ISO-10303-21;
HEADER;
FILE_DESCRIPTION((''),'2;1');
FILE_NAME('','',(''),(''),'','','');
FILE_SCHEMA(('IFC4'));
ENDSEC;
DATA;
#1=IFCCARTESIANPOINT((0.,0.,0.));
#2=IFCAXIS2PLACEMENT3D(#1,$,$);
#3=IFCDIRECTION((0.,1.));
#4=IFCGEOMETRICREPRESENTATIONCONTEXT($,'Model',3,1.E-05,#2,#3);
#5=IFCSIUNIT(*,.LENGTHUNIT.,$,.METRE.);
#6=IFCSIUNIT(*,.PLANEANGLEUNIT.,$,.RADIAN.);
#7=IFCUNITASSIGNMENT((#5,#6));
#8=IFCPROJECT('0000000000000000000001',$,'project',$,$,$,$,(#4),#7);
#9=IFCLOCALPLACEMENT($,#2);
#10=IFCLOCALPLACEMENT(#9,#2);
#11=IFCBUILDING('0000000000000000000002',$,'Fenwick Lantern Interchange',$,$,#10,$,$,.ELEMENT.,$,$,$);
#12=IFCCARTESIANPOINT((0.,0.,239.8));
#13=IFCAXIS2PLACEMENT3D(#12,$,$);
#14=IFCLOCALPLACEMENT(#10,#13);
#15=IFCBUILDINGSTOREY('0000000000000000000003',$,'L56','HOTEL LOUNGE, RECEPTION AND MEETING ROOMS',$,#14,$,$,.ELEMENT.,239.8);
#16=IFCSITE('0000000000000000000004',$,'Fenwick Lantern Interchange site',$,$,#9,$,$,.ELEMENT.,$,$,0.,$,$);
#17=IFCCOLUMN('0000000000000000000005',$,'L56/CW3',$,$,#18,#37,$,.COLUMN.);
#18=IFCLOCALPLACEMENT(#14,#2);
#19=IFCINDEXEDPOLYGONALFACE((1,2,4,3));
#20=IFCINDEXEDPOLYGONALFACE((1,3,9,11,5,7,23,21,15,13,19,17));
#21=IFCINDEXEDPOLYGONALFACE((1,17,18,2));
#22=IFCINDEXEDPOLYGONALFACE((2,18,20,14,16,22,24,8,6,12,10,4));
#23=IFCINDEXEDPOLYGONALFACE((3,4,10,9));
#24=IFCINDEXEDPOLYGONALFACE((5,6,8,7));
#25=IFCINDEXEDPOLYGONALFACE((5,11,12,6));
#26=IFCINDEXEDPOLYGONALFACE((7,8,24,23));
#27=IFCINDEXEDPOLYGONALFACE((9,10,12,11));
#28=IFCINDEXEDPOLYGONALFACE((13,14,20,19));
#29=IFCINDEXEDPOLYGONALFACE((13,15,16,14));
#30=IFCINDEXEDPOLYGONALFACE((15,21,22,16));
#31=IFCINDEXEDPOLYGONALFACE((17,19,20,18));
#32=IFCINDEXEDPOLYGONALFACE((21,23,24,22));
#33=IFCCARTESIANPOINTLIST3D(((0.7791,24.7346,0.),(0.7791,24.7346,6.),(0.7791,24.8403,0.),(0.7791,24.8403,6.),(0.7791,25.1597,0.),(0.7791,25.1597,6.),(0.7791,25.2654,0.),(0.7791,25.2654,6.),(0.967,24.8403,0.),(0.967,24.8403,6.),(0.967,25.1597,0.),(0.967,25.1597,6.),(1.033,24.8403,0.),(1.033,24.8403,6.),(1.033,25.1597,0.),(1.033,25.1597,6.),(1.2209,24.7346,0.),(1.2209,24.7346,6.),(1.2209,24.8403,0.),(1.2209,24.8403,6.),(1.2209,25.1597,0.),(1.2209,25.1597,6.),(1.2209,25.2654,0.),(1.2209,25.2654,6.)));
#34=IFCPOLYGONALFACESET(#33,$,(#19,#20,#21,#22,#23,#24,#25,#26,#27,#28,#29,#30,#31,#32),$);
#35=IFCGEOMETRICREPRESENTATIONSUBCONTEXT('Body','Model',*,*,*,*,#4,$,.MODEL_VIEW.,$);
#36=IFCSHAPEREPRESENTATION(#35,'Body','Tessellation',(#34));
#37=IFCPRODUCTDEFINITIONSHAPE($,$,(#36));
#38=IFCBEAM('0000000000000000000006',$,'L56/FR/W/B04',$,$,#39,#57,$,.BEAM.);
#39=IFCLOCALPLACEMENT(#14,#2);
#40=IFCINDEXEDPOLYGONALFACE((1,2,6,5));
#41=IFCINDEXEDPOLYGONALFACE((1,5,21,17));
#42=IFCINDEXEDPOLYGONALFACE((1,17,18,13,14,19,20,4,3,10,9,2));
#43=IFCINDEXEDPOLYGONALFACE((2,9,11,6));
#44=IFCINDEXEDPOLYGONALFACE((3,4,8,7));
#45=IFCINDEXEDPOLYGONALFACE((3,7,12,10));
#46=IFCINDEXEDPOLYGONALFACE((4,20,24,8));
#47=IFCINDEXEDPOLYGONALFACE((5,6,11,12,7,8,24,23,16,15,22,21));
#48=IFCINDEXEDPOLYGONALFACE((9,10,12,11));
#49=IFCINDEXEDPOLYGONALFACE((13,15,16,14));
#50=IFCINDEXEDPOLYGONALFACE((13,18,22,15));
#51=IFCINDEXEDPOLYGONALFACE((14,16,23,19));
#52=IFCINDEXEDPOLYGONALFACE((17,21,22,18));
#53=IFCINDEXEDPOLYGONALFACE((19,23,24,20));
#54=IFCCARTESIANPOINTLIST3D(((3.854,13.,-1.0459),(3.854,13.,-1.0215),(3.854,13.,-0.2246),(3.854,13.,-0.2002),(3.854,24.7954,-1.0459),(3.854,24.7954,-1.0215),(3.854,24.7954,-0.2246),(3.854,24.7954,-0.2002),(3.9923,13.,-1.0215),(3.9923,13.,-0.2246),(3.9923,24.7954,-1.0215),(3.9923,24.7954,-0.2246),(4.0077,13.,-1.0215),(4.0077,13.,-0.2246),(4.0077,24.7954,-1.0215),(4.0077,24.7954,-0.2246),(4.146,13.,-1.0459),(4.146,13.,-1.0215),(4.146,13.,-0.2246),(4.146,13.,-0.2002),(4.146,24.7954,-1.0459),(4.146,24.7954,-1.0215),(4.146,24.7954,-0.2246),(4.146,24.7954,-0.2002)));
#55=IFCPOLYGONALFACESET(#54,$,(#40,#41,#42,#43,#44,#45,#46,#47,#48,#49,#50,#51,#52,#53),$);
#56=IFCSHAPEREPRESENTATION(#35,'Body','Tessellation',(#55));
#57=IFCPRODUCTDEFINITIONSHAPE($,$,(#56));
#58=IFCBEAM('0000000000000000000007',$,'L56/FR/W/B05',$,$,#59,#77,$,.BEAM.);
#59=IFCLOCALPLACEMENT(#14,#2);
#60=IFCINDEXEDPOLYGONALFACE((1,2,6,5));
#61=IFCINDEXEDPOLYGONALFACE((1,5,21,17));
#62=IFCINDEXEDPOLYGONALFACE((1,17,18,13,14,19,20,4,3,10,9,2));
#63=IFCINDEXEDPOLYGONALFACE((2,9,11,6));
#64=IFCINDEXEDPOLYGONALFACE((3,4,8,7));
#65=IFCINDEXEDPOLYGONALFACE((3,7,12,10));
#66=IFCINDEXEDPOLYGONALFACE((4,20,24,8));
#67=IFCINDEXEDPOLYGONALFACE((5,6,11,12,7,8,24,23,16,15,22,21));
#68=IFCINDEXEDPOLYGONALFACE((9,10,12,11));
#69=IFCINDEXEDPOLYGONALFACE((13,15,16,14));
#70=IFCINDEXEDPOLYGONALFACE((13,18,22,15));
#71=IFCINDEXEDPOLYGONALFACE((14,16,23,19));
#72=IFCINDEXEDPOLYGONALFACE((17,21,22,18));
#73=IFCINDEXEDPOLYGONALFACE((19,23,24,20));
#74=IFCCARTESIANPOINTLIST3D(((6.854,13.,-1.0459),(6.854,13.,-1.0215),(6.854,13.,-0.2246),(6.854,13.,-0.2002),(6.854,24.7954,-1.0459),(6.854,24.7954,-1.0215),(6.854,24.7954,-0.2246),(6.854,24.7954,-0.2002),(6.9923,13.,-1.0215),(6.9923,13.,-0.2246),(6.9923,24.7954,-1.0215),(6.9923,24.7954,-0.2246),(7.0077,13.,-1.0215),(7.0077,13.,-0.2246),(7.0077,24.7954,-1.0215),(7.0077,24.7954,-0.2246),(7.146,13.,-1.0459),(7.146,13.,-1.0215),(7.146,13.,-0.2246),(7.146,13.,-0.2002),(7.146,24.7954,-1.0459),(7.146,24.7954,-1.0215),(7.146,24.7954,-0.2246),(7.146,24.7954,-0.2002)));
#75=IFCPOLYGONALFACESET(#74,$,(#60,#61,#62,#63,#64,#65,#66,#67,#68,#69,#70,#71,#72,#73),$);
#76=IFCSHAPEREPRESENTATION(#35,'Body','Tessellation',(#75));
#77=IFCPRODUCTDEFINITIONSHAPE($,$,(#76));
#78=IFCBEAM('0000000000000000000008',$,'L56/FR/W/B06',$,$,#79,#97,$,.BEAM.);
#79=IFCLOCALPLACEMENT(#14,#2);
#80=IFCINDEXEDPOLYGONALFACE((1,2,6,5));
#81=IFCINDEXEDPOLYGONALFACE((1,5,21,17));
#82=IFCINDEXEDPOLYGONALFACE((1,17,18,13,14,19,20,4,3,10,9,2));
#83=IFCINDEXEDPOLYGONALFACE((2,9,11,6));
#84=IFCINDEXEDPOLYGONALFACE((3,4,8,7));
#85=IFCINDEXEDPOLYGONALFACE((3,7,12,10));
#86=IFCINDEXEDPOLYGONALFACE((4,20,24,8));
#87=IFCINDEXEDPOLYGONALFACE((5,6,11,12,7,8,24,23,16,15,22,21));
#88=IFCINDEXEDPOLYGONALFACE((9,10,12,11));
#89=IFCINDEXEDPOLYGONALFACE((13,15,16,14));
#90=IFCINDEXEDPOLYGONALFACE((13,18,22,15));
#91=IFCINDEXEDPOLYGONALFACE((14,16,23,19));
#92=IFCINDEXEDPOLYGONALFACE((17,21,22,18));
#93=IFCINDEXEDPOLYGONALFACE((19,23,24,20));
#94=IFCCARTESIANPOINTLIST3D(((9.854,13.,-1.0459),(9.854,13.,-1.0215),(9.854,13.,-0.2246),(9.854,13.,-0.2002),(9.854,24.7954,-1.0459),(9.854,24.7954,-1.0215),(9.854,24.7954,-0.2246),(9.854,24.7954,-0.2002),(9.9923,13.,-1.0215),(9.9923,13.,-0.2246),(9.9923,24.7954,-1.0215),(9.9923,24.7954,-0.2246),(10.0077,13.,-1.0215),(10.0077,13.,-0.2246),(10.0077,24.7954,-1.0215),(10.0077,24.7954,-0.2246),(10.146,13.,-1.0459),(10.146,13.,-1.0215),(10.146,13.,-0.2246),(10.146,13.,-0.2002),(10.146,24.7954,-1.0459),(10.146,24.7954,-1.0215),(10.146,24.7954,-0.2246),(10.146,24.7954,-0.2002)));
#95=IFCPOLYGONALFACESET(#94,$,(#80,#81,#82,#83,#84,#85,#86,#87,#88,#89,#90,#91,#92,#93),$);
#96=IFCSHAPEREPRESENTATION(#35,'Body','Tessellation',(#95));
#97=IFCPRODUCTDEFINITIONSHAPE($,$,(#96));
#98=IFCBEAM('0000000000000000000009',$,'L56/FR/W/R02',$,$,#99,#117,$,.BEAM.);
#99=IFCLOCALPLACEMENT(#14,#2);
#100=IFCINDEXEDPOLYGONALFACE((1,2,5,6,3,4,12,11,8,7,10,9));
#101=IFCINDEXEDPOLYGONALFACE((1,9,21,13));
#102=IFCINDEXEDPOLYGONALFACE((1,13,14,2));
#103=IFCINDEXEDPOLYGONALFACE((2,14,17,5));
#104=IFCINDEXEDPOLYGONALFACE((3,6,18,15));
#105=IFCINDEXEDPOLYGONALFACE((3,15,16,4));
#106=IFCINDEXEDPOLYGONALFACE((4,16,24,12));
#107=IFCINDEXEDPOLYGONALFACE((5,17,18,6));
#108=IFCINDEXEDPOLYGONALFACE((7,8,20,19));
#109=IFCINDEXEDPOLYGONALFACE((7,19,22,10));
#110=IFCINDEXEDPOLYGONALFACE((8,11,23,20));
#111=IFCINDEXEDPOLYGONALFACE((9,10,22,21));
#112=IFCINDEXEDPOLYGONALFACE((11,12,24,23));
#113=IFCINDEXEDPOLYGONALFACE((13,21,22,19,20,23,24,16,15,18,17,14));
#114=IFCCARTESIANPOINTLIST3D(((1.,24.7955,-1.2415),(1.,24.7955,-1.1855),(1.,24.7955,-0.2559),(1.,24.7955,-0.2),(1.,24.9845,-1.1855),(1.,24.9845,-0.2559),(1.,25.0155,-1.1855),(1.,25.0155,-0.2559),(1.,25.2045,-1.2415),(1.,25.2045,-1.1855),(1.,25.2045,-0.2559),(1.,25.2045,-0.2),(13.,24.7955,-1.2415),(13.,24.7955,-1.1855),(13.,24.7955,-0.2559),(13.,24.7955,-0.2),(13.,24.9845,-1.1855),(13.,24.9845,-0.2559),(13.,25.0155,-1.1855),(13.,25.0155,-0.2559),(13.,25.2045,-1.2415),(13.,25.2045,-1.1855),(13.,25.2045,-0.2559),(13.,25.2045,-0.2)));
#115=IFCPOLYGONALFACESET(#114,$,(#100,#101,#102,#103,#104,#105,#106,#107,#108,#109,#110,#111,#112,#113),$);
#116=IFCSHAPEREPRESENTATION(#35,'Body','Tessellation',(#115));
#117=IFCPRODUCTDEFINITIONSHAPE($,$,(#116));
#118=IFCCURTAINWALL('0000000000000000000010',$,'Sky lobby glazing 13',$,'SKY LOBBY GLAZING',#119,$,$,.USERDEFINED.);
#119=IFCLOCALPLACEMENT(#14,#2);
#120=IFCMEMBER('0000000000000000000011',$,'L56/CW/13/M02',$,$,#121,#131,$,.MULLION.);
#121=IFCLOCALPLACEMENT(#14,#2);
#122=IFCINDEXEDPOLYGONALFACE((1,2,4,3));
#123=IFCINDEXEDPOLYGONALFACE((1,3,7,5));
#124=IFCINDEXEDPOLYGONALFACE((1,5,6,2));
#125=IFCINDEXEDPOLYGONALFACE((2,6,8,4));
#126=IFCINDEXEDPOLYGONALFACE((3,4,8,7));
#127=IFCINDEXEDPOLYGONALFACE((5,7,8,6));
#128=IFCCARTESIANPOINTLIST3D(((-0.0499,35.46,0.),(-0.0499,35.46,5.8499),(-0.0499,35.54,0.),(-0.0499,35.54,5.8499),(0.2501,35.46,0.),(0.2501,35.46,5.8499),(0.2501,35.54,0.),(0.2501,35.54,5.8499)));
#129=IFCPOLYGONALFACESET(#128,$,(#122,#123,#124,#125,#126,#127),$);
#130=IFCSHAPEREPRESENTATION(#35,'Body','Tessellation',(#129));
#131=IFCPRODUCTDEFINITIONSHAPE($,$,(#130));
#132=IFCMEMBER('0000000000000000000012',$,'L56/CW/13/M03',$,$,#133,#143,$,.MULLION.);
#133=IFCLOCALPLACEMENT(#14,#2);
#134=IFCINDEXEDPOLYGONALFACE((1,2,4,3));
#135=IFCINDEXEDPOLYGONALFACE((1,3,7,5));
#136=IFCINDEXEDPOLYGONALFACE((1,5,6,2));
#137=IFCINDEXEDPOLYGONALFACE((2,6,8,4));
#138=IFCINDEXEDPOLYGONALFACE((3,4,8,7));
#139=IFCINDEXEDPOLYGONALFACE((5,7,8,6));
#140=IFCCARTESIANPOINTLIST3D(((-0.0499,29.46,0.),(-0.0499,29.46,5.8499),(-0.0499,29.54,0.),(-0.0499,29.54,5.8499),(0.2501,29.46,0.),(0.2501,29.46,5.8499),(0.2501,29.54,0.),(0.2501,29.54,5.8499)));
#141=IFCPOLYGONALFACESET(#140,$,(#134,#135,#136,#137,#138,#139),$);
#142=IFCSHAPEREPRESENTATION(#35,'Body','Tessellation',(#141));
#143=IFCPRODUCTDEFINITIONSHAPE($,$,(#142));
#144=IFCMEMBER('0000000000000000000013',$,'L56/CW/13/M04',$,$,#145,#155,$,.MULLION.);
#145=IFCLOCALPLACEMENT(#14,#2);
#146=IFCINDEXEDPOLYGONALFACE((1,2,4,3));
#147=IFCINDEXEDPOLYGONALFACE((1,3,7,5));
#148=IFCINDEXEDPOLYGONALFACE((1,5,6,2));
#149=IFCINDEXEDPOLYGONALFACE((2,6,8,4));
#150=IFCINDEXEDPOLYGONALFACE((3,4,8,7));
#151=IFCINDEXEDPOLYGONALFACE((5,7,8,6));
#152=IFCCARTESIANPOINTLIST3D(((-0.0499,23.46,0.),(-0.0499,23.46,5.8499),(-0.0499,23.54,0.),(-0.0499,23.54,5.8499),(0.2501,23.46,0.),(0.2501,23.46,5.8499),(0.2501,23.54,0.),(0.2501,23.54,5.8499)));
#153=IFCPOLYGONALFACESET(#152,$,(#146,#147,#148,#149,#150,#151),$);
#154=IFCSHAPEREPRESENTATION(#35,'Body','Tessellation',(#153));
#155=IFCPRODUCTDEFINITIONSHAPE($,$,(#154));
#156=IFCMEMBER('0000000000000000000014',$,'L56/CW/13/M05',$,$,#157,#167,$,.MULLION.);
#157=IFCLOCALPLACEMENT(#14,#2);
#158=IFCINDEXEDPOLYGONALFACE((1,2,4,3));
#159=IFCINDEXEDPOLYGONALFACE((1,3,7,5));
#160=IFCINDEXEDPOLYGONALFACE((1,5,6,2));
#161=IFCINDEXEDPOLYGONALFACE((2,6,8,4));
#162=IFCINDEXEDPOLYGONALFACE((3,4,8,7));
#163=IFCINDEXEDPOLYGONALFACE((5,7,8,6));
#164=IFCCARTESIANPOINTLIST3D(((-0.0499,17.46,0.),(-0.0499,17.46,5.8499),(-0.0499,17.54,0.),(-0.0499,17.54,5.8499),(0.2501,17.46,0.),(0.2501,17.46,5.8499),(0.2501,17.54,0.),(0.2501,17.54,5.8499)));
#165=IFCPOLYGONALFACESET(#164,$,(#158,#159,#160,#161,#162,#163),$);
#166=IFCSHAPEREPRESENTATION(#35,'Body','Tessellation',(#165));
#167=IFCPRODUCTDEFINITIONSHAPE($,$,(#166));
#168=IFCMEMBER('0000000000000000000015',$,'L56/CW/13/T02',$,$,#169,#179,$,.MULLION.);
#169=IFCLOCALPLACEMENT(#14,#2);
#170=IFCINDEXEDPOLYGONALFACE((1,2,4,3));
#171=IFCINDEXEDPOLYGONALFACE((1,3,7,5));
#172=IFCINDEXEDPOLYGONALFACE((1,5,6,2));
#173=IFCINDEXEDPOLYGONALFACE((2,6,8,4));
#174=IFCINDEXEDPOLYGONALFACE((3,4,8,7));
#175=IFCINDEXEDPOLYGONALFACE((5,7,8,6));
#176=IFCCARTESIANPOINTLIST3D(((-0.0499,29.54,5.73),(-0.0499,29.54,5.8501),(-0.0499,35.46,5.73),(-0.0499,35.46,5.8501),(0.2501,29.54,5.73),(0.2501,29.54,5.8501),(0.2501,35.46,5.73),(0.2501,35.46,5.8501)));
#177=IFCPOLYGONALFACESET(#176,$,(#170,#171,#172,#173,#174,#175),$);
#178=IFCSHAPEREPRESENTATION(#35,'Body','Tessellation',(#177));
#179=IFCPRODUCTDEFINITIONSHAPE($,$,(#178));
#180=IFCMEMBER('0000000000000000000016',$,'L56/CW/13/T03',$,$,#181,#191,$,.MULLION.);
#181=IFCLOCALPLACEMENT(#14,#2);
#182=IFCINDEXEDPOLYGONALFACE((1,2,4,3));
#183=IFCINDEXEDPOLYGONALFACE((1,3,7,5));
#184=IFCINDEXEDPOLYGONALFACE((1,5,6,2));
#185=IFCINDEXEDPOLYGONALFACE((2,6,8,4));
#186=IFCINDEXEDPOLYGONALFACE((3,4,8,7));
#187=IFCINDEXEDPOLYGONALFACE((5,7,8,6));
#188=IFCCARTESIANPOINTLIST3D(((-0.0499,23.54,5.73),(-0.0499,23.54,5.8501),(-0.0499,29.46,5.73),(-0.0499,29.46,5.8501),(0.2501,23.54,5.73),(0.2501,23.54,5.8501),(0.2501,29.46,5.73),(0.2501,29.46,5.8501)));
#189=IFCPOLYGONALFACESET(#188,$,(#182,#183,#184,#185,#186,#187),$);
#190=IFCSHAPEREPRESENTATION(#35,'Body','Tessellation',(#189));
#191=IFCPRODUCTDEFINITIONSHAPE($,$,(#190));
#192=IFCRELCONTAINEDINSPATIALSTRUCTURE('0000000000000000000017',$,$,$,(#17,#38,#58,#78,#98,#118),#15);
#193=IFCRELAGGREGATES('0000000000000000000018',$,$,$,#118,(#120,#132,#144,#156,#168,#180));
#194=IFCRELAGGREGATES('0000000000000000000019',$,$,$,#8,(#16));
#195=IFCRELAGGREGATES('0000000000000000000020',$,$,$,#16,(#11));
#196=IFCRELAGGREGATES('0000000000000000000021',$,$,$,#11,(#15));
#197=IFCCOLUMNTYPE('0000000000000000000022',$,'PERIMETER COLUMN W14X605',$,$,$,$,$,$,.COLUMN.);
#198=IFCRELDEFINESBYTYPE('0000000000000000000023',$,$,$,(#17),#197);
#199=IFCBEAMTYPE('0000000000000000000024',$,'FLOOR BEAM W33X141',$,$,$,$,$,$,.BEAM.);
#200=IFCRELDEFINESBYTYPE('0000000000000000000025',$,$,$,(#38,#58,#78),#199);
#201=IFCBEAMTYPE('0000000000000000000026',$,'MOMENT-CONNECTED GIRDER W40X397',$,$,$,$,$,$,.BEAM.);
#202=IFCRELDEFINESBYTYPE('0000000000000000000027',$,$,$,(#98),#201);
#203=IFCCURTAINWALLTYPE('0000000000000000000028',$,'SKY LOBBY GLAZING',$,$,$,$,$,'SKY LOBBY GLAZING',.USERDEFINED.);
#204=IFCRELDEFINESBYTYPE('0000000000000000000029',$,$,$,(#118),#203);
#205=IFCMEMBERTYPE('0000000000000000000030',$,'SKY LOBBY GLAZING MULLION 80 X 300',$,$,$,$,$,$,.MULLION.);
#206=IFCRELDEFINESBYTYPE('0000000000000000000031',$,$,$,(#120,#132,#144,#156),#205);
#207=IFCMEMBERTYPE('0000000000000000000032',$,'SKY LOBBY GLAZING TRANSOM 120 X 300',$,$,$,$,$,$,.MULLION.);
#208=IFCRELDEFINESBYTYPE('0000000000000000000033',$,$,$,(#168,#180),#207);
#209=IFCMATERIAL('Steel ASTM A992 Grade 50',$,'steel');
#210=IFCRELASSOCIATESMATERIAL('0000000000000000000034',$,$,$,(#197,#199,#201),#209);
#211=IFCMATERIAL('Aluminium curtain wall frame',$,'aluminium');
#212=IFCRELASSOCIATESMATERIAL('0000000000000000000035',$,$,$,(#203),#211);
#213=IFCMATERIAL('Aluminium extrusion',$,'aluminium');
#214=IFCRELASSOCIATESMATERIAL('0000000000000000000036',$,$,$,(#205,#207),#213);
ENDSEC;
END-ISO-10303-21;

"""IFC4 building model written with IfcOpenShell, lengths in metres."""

from ifc_helpers import new_model, si_unit, direction, frame, origin, origin_2d, place, context, subcontext, project, spatial, rectangle, i_section, extrude, material, material_profile, profile_set, type_object, element, aggregate, save


model = new_model("IFC4")

# Units and contexts
model_context = context("Model", 3, precision=1e-05, world=origin(), true_north=direction((0.0, 1.0)))
body_context = subcontext(model_context, "Body", "Model", "MODEL_VIEW")
ifc_project = project(units=[si_unit("LENGTHUNIT", "METRE"), si_unit("PLANEANGLEUNIT", "RADIAN")], contexts=[model_context])

# Site, building, storey
site_placement = place(None, origin())
site = spatial("IfcSite", under=ifc_project, at=site_placement, Name="Fenwick Lantern Interchange site", CompositionType="ELEMENT", RefElevation=0.0)
building_placement = place(site_placement, origin())
building = spatial("IfcBuilding", under=site, at=building_placement, Name="Fenwick Lantern Interchange", CompositionType="ELEMENT")
storey_placement = place(building_placement, frame((0.0, 0.0, 239.8)))
storey = spatial("IfcBuildingStorey", under=building, at=storey_placement, Name="L56", Description="HOTEL LOUNGE, RECEPTION AND MEETING ROOMS", CompositionType="ELEMENT", Elevation=239.8)

# Column
ifc_material_1 = material(Name="Steel ASTM A992 Grade 50", Category="steel")
ifc_material_profile_1 = material_profile(ifc_material_1, i_section(OverallWidth=0.4419, OverallDepth=0.5308, WebThickness=0.0659, FlangeThickness=0.1057, at=origin_2d()), Name="W14X605")
ifc_profile_set_1 = profile_set([ifc_material_profile_1], Name="Steel ASTM A992 Grade 50")
column_type = type_object("IfcColumnType", Name="PERIMETER COLUMN W14X605", PredefinedType="COLUMN", material=ifc_profile_set_1)
column_placement = place(storey_placement, frame((1.0, 25.0, 0.0), z_axis=(0.0, 0.0, 1.0), x_axis=(1.0, 0.0, 0.0)))
element("IfcColumn", 1, at=column_placement, inside=storey, type_object=column_type, Name="L56/CW3", PredefinedType="COLUMN", context=body_context, shape_type="SweptSolid", body=[
    extrude(i_section(OverallWidth=0.4419, OverallDepth=0.5308, WebThickness=0.0659, FlangeThickness=0.1057, at=origin_2d()), origin(), (0.0, 0.0, 1.0), 6.0),
])

# Beams
ifc_material_profile_2 = material_profile(ifc_material_1, i_section(OverallWidth=0.292, OverallDepth=0.8457, WebThickness=0.0154, FlangeThickness=0.0244, at=origin_2d()), Name="W33X141")
ifc_profile_set_2 = profile_set([ifc_material_profile_2], Name="Steel ASTM A992 Grade 50")
beam_type_1 = type_object("IfcBeamType", Name="FLOOR BEAM W33X141", PredefinedType="BEAM", material=ifc_profile_set_2)
for number, where, z_axis, x_axis, name in (
    (2, (4.0, 24.7954, -0.623), (0.0, -1.0, 0.0), (1.0, 0.0, 0.0), "L56/FR/W/B04"),
    (3, (7.0, 24.7954, -0.623), (0.0, -1.0, 0.0), (1.0, 0.0, 0.0), "L56/FR/W/B05"),
    (4, (10.0, 24.7954, -0.623), (0.0, -1.0, 0.0), (1.0, 0.0, 0.0), "L56/FR/W/B06"),
):
    element("IfcBeam", number, at=place(storey_placement, frame(where, z_axis=z_axis, x_axis=x_axis)), inside=storey, type_object=beam_type_1, Name=name, PredefinedType="BEAM", context=body_context, shape_type="SweptSolid", body=[
        extrude(i_section(OverallWidth=0.292, OverallDepth=0.8457, WebThickness=0.0154, FlangeThickness=0.0244, at=origin_2d()), origin(), (0.0, 0.0, 1.0), 11.7954),
    ])
ifc_material_profile_3 = material_profile(ifc_material_1, i_section(OverallWidth=0.4089, OverallDepth=1.0415, WebThickness=0.031, FlangeThickness=0.0559, at=origin_2d()), Name="W40X397")
ifc_profile_set_3 = profile_set([ifc_material_profile_3], Name="Steel ASTM A992 Grade 50")
beam_type_2 = type_object("IfcBeamType", Name="MOMENT-CONNECTED GIRDER W40X397", PredefinedType="BEAM", material=ifc_profile_set_3)
beam_placement = place(storey_placement, frame((1.0, 25.0, -0.7207), z_axis=(1.0, 0.0, 0.0), x_axis=(0.0, 1.0, 0.0)))
element("IfcBeam", 5, at=beam_placement, inside=storey, type_object=beam_type_2, Name="L56/FR/W/R02", PredefinedType="BEAM", context=body_context, shape_type="SweptSolid", body=[
    extrude(i_section(OverallWidth=0.4089, OverallDepth=1.0415, WebThickness=0.031, FlangeThickness=0.0559, at=origin_2d()), origin(), (0.0, 0.0, 1.0), 12.0),
])

# Curtain wall, members
ifc_material_2 = material(Name="Aluminium curtain wall frame", Category="aluminium")
curtain_wall_type = type_object("IfcCurtainWallType", Name="SKY LOBBY GLAZING", ElementType="SKY LOBBY GLAZING", PredefinedType="USERDEFINED", material=ifc_material_2)
curtain_wall_placement = place(storey_placement, origin())
curtain_wall = element("IfcCurtainWall", 6, at=curtain_wall_placement, inside=storey, type_object=curtain_wall_type, Name="Sky lobby glazing 13", ObjectType="SKY LOBBY GLAZING", PredefinedType="USERDEFINED")
ifc_material_3 = material(Name="Aluminium extrusion", Category="aluminium")
ifc_material_profile_4 = material_profile(ifc_material_3, rectangle(XDim=0.3, YDim=0.0801, at=origin_2d()), Name="SKY LOBBY GLAZING MULLION 80 X 300")
ifc_profile_set_4 = profile_set([ifc_material_profile_4], Name="Aluminium extrusion")
member_type_1 = type_object("IfcMemberType", Name="SKY LOBBY GLAZING MULLION 80 X 300", PredefinedType="MULLION", material=ifc_profile_set_4)
member_1_placement = place(storey_placement, frame((0.1001, 35.5, 0.0), z_axis=(0.0, 0.0, 1.0), x_axis=(1.0, 0.0, 0.0)))
member_1 = element("IfcMember", 7, at=member_1_placement, type_object=member_type_1, Name="L56/CW/13/M02", PredefinedType="MULLION", context=body_context, shape_type="SweptSolid", body=[
    extrude(rectangle(XDim=0.3, YDim=0.0801, at=origin_2d()), origin(), (0.0, 0.0, 1.0), 5.8499),
])
member_2_placement = place(storey_placement, frame((0.1001, 29.5, 0.0), z_axis=(0.0, 0.0, 1.0), x_axis=(1.0, 0.0, 0.0)))
member_2 = element("IfcMember", 8, at=member_2_placement, type_object=member_type_1, Name="L56/CW/13/M03", PredefinedType="MULLION", context=body_context, shape_type="SweptSolid", body=[
    extrude(rectangle(XDim=0.3, YDim=0.0801, at=origin_2d()), origin(), (0.0, 0.0, 1.0), 5.8499),
])
member_3_placement = place(storey_placement, frame((0.1001, 23.5, 0.0), z_axis=(0.0, 0.0, 1.0), x_axis=(1.0, 0.0, 0.0)))
member_3 = element("IfcMember", 9, at=member_3_placement, type_object=member_type_1, Name="L56/CW/13/M04", PredefinedType="MULLION", context=body_context, shape_type="SweptSolid", body=[
    extrude(rectangle(XDim=0.3, YDim=0.0801, at=origin_2d()), origin(), (0.0, 0.0, 1.0), 5.8499),
])
member_4_placement = place(storey_placement, frame((0.1001, 17.5, 0.0), z_axis=(0.0, 0.0, 1.0), x_axis=(1.0, 0.0, 0.0)))
member_4 = element("IfcMember", 10, at=member_4_placement, type_object=member_type_1, Name="L56/CW/13/M05", PredefinedType="MULLION", context=body_context, shape_type="SweptSolid", body=[
    extrude(rectangle(XDim=0.3, YDim=0.0801, at=origin_2d()), origin(), (0.0, 0.0, 1.0), 5.8499),
])
ifc_material_profile_5 = material_profile(ifc_material_3, rectangle(XDim=0.3, YDim=0.1201, at=origin_2d()), Name="SKY LOBBY GLAZING TRANSOM 120 X 300")
ifc_profile_set_5 = profile_set([ifc_material_profile_5], Name="Aluminium extrusion")
member_type_2 = type_object("IfcMemberType", Name="SKY LOBBY GLAZING TRANSOM 120 X 300", PredefinedType="MULLION", material=ifc_profile_set_5)
member_5_placement = place(storey_placement, frame((0.1001, 35.46, 5.79), z_axis=(0.0, -1.0, 0.0), x_axis=(1.0, 0.0, 0.0)))
member_5 = element("IfcMember", 11, at=member_5_placement, type_object=member_type_2, Name="L56/CW/13/T02", PredefinedType="MULLION", context=body_context, shape_type="SweptSolid", body=[
    extrude(rectangle(XDim=0.3, YDim=0.1201, at=origin_2d()), origin(), (0.0, 0.0, 1.0), 5.9199),
])
member_6_placement = place(storey_placement, frame((0.1001, 29.46, 5.79), z_axis=(0.0, -1.0, 0.0), x_axis=(1.0, 0.0, 0.0)))
member_6 = element("IfcMember", 12, at=member_6_placement, type_object=member_type_2, Name="L56/CW/13/T03", PredefinedType="MULLION", context=body_context, shape_type="SweptSolid", body=[
    extrude(rectangle(XDim=0.3, YDim=0.1201, at=origin_2d()), origin(), (0.0, 0.0, 1.0), 5.9199),
])
aggregate(curtain_wall, [member_1, member_2, member_3, member_4, member_5, member_6])

save(model, "model.ifc")
